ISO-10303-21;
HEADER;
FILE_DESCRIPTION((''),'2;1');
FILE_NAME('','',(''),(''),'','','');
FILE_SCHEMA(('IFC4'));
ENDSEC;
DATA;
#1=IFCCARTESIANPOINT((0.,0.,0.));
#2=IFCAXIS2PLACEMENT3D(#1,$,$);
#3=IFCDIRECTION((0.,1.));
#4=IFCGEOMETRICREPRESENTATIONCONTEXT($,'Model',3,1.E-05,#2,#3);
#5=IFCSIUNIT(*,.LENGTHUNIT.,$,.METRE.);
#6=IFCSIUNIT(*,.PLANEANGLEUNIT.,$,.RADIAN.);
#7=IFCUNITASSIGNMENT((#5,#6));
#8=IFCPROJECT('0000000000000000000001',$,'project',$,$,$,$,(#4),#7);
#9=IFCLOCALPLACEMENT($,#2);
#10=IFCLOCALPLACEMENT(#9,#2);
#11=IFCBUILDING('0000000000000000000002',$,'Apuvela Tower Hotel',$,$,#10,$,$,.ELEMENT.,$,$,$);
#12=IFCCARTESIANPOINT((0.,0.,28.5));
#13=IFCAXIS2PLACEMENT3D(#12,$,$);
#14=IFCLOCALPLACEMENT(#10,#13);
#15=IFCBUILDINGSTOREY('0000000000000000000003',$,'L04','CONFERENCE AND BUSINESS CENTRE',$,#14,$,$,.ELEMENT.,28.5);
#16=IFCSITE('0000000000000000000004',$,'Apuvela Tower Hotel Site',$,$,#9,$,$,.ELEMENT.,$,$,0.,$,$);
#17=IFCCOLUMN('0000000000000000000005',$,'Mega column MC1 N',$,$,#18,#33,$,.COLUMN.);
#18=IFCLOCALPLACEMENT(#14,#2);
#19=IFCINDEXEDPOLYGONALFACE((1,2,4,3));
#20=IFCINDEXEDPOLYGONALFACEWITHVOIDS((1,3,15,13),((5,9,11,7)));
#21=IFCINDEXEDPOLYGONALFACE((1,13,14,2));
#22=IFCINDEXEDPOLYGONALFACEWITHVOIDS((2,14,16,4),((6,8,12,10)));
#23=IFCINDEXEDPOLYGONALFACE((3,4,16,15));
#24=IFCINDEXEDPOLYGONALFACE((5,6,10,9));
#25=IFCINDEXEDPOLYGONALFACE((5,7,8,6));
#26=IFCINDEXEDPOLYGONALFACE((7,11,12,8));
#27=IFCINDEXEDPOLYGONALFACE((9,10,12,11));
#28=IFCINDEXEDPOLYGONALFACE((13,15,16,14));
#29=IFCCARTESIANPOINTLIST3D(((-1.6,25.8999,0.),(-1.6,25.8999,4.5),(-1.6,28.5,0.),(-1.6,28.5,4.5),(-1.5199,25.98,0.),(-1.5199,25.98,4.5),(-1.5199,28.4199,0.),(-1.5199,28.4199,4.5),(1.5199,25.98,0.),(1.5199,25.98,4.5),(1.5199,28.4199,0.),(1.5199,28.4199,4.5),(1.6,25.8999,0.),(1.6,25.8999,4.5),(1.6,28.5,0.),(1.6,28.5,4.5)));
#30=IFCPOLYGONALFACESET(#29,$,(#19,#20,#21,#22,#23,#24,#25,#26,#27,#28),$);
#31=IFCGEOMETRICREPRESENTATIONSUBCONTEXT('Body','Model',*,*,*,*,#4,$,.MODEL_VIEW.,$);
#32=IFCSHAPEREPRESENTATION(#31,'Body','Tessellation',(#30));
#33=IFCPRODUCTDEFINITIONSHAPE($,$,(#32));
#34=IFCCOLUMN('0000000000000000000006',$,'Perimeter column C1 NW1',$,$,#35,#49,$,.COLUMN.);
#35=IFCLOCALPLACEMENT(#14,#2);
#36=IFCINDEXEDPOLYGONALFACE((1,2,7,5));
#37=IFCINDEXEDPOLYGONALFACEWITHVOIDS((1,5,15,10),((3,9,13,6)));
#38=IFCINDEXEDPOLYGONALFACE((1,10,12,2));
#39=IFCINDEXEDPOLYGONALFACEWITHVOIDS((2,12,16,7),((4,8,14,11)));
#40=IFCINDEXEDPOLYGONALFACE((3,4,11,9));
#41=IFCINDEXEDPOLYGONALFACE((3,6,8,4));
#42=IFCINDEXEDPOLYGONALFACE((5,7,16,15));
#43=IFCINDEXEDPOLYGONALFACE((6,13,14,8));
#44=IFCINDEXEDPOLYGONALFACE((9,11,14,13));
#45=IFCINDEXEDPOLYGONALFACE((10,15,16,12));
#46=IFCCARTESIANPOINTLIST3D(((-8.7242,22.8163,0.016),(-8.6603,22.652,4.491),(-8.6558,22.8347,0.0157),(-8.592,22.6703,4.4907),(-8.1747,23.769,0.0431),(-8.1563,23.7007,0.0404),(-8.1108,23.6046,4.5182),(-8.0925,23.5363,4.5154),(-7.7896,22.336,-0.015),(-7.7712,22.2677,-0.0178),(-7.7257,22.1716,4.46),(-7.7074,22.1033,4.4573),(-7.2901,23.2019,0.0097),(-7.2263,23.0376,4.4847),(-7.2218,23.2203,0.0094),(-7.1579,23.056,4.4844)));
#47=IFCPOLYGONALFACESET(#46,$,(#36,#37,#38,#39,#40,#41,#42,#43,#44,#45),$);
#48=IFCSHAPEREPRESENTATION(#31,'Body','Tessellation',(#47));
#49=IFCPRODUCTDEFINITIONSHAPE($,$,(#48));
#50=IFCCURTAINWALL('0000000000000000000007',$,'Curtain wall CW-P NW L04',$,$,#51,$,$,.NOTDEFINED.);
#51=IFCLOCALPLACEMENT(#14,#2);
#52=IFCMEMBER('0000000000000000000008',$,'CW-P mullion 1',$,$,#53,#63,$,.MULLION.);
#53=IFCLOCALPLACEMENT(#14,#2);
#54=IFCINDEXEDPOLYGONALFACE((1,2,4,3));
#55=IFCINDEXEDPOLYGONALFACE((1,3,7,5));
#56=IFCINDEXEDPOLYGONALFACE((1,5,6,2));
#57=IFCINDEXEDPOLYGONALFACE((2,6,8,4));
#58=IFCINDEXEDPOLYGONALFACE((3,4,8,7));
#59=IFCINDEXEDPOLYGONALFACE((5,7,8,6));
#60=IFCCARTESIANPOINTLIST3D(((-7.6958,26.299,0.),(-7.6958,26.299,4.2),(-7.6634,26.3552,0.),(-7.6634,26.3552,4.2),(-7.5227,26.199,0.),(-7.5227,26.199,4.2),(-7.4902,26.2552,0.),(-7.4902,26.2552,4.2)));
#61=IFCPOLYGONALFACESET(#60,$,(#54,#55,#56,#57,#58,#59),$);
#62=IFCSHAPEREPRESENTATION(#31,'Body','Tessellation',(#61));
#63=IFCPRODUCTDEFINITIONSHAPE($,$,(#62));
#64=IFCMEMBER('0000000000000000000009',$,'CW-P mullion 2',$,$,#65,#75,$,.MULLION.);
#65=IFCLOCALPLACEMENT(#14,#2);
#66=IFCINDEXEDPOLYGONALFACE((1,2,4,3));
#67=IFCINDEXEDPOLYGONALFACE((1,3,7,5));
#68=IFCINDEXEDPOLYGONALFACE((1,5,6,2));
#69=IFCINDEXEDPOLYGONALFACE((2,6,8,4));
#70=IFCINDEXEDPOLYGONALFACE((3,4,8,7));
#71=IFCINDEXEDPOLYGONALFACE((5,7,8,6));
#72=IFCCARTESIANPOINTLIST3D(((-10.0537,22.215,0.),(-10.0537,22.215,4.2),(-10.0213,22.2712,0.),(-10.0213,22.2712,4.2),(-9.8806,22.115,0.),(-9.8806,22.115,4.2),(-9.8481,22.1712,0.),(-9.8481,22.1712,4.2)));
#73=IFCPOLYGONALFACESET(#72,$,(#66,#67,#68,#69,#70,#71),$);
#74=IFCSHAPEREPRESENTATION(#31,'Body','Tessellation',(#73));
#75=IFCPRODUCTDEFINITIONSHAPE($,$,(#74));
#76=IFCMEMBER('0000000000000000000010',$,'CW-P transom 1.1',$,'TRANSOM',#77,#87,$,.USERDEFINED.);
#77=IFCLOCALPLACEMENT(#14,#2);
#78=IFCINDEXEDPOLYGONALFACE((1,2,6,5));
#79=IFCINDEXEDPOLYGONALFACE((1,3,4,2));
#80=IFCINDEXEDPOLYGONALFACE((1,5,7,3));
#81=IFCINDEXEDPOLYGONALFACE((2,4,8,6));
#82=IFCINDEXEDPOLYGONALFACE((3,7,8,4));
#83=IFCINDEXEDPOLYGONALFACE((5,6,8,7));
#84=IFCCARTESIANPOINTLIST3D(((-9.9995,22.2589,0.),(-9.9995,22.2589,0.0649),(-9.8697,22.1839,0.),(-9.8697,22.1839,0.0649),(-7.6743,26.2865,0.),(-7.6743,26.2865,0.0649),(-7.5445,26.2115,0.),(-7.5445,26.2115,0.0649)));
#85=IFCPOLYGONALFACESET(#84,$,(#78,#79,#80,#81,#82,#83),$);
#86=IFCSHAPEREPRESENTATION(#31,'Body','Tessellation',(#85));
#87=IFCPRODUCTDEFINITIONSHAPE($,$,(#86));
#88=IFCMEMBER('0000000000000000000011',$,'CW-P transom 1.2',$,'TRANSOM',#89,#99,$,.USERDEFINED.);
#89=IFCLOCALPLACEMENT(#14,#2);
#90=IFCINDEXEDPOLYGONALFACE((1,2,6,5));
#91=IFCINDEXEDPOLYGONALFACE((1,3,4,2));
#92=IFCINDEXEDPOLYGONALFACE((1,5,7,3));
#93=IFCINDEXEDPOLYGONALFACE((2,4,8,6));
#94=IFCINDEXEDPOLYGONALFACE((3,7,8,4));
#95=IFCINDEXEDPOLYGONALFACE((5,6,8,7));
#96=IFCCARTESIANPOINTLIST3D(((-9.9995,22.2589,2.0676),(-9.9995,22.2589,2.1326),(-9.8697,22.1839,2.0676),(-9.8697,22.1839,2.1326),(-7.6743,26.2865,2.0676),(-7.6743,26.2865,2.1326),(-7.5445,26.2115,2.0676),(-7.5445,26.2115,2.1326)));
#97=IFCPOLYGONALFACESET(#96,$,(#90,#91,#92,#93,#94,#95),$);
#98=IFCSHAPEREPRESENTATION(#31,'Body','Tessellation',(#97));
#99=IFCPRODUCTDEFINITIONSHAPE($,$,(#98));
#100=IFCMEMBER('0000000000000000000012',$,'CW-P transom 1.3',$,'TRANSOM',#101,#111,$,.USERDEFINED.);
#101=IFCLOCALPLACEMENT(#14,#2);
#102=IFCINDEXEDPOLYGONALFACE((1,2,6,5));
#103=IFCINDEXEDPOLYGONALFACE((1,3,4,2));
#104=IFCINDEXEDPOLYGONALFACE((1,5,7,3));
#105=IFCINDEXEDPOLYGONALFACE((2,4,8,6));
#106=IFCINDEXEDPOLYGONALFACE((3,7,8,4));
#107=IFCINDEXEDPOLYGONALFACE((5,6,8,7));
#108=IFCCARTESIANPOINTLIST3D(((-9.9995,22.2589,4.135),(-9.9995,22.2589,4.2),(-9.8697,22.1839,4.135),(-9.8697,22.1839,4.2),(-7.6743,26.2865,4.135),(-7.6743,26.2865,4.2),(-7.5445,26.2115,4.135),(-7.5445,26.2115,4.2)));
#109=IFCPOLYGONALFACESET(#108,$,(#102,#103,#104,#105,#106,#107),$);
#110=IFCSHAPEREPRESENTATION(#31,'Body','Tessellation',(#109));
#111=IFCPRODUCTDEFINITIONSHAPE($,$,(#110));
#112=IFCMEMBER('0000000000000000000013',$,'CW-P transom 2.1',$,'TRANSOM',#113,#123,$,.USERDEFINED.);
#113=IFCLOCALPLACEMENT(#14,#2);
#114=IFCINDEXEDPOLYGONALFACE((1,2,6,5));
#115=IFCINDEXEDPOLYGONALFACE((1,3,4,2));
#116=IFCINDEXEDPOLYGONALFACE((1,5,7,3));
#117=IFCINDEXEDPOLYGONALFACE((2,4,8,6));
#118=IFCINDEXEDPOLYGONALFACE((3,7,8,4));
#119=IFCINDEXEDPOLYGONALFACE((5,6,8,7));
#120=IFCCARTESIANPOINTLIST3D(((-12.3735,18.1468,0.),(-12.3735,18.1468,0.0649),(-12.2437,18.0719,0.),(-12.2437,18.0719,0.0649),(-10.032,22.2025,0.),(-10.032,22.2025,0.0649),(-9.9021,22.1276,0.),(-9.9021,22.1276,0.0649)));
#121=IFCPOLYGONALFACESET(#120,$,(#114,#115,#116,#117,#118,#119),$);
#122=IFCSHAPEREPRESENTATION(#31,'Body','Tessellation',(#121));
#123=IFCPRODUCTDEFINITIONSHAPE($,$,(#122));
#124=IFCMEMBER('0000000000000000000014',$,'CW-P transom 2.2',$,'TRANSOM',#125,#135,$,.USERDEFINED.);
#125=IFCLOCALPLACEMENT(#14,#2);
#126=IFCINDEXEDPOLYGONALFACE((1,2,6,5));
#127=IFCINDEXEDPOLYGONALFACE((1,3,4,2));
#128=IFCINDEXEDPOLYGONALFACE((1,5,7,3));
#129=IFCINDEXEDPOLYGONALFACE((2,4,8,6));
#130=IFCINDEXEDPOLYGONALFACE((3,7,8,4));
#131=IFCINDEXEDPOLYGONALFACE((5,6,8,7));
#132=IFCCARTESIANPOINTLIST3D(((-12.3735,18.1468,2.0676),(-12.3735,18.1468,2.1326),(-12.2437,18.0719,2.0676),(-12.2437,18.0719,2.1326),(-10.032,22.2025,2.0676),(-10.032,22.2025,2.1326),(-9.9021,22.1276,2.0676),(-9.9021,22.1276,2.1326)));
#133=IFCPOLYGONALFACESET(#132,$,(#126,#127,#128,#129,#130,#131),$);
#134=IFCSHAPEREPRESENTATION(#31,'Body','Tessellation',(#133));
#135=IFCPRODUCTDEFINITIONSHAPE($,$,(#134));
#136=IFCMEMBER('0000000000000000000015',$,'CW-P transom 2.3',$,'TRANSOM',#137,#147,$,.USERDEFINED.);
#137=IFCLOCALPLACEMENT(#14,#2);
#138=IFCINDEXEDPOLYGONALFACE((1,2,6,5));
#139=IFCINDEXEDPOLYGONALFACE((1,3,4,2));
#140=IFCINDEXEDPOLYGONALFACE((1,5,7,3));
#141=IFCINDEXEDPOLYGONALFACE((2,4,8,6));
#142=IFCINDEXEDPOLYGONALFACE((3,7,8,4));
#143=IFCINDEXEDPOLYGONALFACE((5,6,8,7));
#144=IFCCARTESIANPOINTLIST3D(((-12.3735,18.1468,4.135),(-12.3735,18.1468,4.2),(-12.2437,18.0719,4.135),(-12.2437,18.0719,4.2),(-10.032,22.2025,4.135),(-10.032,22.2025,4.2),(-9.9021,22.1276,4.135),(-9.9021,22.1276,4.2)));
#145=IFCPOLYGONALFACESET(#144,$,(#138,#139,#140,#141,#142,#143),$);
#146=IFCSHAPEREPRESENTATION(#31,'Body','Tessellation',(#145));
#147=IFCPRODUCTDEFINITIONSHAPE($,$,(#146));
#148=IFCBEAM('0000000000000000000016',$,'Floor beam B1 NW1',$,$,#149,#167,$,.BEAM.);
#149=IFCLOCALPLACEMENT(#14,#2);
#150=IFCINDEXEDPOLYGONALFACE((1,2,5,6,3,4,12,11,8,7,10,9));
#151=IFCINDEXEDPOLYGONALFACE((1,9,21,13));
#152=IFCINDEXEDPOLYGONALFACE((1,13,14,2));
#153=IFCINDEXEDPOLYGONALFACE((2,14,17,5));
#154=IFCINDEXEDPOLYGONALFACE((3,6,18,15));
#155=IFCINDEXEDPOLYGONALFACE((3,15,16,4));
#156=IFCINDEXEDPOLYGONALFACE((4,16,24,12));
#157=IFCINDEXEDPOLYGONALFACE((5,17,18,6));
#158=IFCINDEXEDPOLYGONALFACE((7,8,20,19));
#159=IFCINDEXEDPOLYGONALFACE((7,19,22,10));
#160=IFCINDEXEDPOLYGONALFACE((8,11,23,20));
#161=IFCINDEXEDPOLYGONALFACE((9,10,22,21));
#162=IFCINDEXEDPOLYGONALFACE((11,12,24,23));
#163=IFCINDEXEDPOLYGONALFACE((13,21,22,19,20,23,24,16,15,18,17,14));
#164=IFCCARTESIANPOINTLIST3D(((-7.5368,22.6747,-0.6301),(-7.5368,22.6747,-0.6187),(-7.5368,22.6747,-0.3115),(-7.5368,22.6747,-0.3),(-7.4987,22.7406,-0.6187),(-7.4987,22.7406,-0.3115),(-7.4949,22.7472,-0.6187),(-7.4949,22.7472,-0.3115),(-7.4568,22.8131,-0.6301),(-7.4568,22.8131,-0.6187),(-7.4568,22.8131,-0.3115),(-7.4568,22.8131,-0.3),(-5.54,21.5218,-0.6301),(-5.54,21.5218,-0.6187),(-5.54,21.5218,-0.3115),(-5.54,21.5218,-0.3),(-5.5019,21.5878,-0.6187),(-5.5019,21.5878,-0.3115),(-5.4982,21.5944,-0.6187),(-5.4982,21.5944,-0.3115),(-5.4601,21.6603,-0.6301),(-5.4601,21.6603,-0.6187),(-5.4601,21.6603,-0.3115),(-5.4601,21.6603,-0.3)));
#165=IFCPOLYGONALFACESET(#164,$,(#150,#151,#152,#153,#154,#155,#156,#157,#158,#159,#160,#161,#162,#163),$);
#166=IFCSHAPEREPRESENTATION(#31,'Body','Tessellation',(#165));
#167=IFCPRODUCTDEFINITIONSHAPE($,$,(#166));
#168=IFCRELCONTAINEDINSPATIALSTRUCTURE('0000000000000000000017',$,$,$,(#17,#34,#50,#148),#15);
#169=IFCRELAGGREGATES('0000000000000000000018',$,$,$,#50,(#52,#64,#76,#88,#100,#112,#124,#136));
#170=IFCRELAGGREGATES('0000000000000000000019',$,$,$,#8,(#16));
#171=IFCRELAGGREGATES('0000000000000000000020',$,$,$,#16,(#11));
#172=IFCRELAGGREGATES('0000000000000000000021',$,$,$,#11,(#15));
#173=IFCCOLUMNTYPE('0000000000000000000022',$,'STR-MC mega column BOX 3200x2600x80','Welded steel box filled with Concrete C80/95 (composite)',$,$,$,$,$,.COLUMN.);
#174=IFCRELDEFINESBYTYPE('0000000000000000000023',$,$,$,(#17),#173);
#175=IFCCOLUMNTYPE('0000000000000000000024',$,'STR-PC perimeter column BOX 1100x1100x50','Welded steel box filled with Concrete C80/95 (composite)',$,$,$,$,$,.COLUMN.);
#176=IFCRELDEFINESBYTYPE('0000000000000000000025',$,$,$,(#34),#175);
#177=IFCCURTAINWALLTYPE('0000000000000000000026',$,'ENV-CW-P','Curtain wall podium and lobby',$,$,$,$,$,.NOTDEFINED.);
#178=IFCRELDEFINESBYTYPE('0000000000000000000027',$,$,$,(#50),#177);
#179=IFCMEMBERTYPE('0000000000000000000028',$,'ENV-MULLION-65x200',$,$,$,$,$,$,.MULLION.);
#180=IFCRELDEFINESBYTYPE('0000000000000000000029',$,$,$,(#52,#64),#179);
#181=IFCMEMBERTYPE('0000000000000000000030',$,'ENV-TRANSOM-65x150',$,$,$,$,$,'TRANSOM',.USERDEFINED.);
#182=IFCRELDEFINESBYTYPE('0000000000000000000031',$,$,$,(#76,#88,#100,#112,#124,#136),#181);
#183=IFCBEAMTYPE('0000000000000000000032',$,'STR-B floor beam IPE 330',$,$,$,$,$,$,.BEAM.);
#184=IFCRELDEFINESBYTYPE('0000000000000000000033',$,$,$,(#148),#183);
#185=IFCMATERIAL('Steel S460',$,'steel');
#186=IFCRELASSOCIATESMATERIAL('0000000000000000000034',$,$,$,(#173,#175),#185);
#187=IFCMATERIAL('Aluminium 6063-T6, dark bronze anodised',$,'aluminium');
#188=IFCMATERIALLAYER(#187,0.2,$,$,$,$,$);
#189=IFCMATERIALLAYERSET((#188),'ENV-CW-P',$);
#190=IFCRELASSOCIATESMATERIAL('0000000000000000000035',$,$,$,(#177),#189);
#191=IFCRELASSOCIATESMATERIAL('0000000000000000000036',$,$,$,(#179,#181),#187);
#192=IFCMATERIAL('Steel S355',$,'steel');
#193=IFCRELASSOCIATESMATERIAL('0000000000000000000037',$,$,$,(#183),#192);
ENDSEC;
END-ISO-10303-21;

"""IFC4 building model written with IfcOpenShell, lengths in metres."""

from ifc_helpers import new_model, si_unit, direction, frame, origin, origin_2d, place, context, subcontext, project, spatial, rectangle, hollow_rectangle, i_section, extrude, boolean, halfspace, material, layer, layer_set, material_profile, profile_set, type_object, element, aggregate, save


model = new_model("IFC4")

# Units and contexts
model_context = context("Model", 3, precision=1e-05, world=origin(), true_north=direction((0.0, 1.0)))
body_context = subcontext(model_context, "Body", "Model", "MODEL_VIEW")
ifc_project = project(units=[si_unit("LENGTHUNIT", "METRE"), si_unit("PLANEANGLEUNIT", "RADIAN")], contexts=[model_context])

# Site, building, storey
site_placement = place(None, origin())
site = spatial("IfcSite", under=ifc_project, at=site_placement, Name="Apuvela Tower Hotel Site", CompositionType="ELEMENT", RefElevation=0.0)
building_placement = place(site_placement, origin())
building = spatial("IfcBuilding", under=site, at=building_placement, Name="Apuvela Tower Hotel", CompositionType="ELEMENT")
storey_placement = place(building_placement, frame((0.0, 0.0, 28.5)))
storey = spatial("IfcBuildingStorey", under=building, at=storey_placement, Name="L04", Description="CONFERENCE AND BUSINESS CENTRE", CompositionType="ELEMENT", Elevation=28.5)

# Columns
ifc_material_1 = material(Name="Steel S460", Category="steel")
ifc_material_profile_1 = material_profile(ifc_material_1, hollow_rectangle(XDim=3.2, YDim=2.6001, WallThickness=0.0801, at=origin_2d()), Name="BOX 3200x2600x80")
ifc_material_2 = material(Name="Concrete C80/95", Category="concrete")
ifc_material_profile_2 = material_profile(ifc_material_2, rectangle(XDim=3.04, YDim=2.4399, at=origin_2d()), Name="Concrete C80/95 infill")
ifc_profile_set_1 = profile_set([ifc_material_profile_1, ifc_material_profile_2], Name="Steel S460")
column_type_1 = type_object("IfcColumnType", Name="STR-MC mega column BOX 3200x2600x80", Description="Welded steel box filled with Concrete C80/95 (composite)", PredefinedType="COLUMN", material=ifc_profile_set_1)
column_1_placement = place(storey_placement, frame((0.0, 27.2, 0.0), z_axis=(0.0, 0.0, 1.0), x_axis=(1.0, 0.0, 0.0)))
element("IfcColumn", 1, at=column_1_placement, inside=storey, type_object=column_type_1, Name="Mega column MC1 N", PredefinedType="COLUMN", context=body_context, shape_type="SweptSolid", body=[
    extrude(hollow_rectangle(XDim=3.2, YDim=2.6001, WallThickness=0.0801, at=origin_2d()), origin(), (0.0, 0.0, 1.0), 4.5),
])
ifc_material_profile_3 = material_profile(ifc_material_1, hollow_rectangle(XDim=1.1001, YDim=1.1001, WallThickness=0.05, at=origin_2d()), Name="BOX 1100x1100x50")
ifc_material_profile_4 = material_profile(ifc_material_2, rectangle(XDim=1.0, YDim=1.0, at=origin_2d()), Name="Concrete C80/95 infill")
ifc_profile_set_2 = profile_set([ifc_material_profile_3, ifc_material_profile_4], Name="Steel S460")
column_type_2 = type_object("IfcColumnType", Name="STR-PC perimeter column BOX 1100x1100x50", Description="Welded steel box filled with Concrete C80/95 (composite)", PredefinedType="COLUMN", material=ifc_profile_set_2)
column_2_placement = place(storey_placement, frame((-7.9731, 23.0188, 0.0), z_axis=(0.014258, -0.036701, 0.999225), x_axis=(0.499479, 0.865974, 0.02468)))
element("IfcColumn", 2, at=column_2_placement, inside=storey, type_object=column_type_2, Name="Perimeter column C1 NW1", PredefinedType="COLUMN", context=body_context, shape_type="SweptSolid", body=[
    boolean("DIFFERENCE", boolean("DIFFERENCE", extrude(hollow_rectangle(XDim=1.1001, YDim=1.1001, WallThickness=0.05, at=origin_2d()), origin(), (0.0, 0.0, 1.0), 4.5034), halfspace(frame((0.0, 0.0, 0.0127), z_axis=(0.0, 0.0, 1.0), x_axis=(1.0, 0.0, 0.0)), True)), halfspace(frame((0.0, 0.0, 4.4912), z_axis=(0.0, 0.0, 1.0), x_axis=(1.0, 0.0, 0.0)), False)),
])

# Curtain wall, members
ifc_material_3 = material(Name="Aluminium 6063-T6, dark bronze anodised", Category="aluminium")
ifc_layer_1 = layer(ifc_material_3, 0.2)
ifc_layer_set_1 = layer_set([ifc_layer_1], Name="ENV-CW-P")
curtain_wall_type = type_object("IfcCurtainWallType", Name="ENV-CW-P", Description="Curtain wall podium and lobby", PredefinedType="NOTDEFINED", material=ifc_layer_set_1)
curtain_wall_placement = place(storey_placement, origin())
curtain_wall = element("IfcCurtainWall", 3, at=curtain_wall_placement, inside=storey, type_object=curtain_wall_type, Name="Curtain wall CW-P NW L04", PredefinedType="NOTDEFINED")
ifc_material_profile_5 = material_profile(ifc_material_3, rectangle(XDim=0.2, YDim=0.0649, at=origin_2d()), Name="AL 65x200")
ifc_profile_set_3 = profile_set([ifc_material_profile_5], Name="Aluminium 6063-T6, dark bronze anodised")
member_type_1 = type_object("IfcMemberType", Name="ENV-MULLION-65x200", PredefinedType="MULLION", material=ifc_profile_set_3)
member_1_placement = place(storey_placement, frame((-7.593, 26.2771, 0.0), z_axis=(0.0, 0.0, 1.0), x_axis=(0.866024, -0.500002, 0.0)))
member_1 = element("IfcMember", 4, at=member_1_placement, type_object=member_type_1, Name="CW-P mullion 1", PredefinedType="MULLION", context=body_context, shape_type="SweptSolid", body=[
    extrude(rectangle(XDim=0.2, YDim=0.0649, at=origin_2d()), origin(), (0.0, 0.0, 1.0), 4.2),
])
member_2_placement = place(storey_placement, frame((-9.9509, 22.1931, 0.0), z_axis=(0.0, 0.0, 1.0), x_axis=(0.866024, -0.500002, 0.0)))
member_2 = element("IfcMember", 5, at=member_2_placement, type_object=member_type_1, Name="CW-P mullion 2", PredefinedType="MULLION", context=body_context, shape_type="SweptSolid", body=[
    extrude(rectangle(XDim=0.2, YDim=0.0649, at=origin_2d()), origin(), (0.0, 0.0, 1.0), 4.2),
])
ifc_material_profile_6 = material_profile(ifc_material_3, rectangle(XDim=0.1499, YDim=0.0649, at=origin_2d()), Name="AL 65x150 transom")
ifc_profile_set_4 = profile_set([ifc_material_profile_6], Name="Aluminium 6063-T6, dark bronze anodised")
member_type_2 = type_object("IfcMemberType", Name="ENV-TRANSOM-65x150", ElementType="TRANSOM", PredefinedType="USERDEFINED", material=ifc_profile_set_4)
member_3_placement = place(storey_placement, frame((-7.6094, 26.249, 0.0325), z_axis=(-0.499978, -0.866038, 0.0), x_axis=(0.866038, -0.499978, 0.0)))
member_3 = element("IfcMember", 6, at=member_3_placement, type_object=member_type_2, Name="CW-P transom 1.1", ObjectType="TRANSOM", PredefinedType="USERDEFINED", context=body_context, shape_type="SweptSolid", body=[
    extrude(rectangle(XDim=0.1499, YDim=0.0649, at=origin_2d()), origin(), (0.0, 0.0, 1.0), 4.6506),
])
member_4_placement = place(storey_placement, frame((-7.6094, 26.249, 2.1001), z_axis=(-0.499978, -0.866038, 0.0), x_axis=(0.866038, -0.499978, 0.0)))
member_4 = element("IfcMember", 7, at=member_4_placement, type_object=member_type_2, Name="CW-P transom 1.2", ObjectType="TRANSOM", PredefinedType="USERDEFINED", context=body_context, shape_type="SweptSolid", body=[
    extrude(rectangle(XDim=0.1499, YDim=0.0649, at=origin_2d()), origin(), (0.0, 0.0, 1.0), 4.6506),
])
member_5_placement = place(storey_placement, frame((-7.6094, 26.249, 4.1675), z_axis=(-0.499978, -0.866038, 0.0), x_axis=(0.866038, -0.499978, 0.0)))
member_5 = element("IfcMember", 8, at=member_5_placement, type_object=member_type_2, Name="CW-P transom 1.3", ObjectType="TRANSOM", PredefinedType="USERDEFINED", context=body_context, shape_type="SweptSolid", body=[
    extrude(rectangle(XDim=0.1499, YDim=0.0649, at=origin_2d()), origin(), (0.0, 0.0, 1.0), 4.6506),
])
member_6_placement = place(storey_placement, frame((-9.967, 22.165, 0.0325), z_axis=(-0.500002, -0.866024, 0.0), x_axis=(0.866024, -0.500002, 0.0)))
member_6 = element("IfcMember", 9, at=member_6_placement, type_object=member_type_2, Name="CW-P transom 2.1", ObjectType="TRANSOM", PredefinedType="USERDEFINED", context=body_context, shape_type="SweptSolid", body=[
    extrude(rectangle(XDim=0.1499, YDim=0.0649, at=origin_2d()), origin(), (0.0, 0.0, 1.0), 4.6831),
])
member_7_placement = place(storey_placement, frame((-9.967, 22.165, 2.1001), z_axis=(-0.500002, -0.866024, 0.0), x_axis=(0.866024, -0.500002, 0.0)))
member_7 = element("IfcMember", 10, at=member_7_placement, type_object=member_type_2, Name="CW-P transom 2.2", ObjectType="TRANSOM", PredefinedType="USERDEFINED", context=body_context, shape_type="SweptSolid", body=[
    extrude(rectangle(XDim=0.1499, YDim=0.0649, at=origin_2d()), origin(), (0.0, 0.0, 1.0), 4.6831),
])
member_8_placement = place(storey_placement, frame((-9.967, 22.165, 4.1675), z_axis=(-0.500002, -0.866024, 0.0), x_axis=(0.866024, -0.500002, 0.0)))
member_8 = element("IfcMember", 11, at=member_8_placement, type_object=member_type_2, Name="CW-P transom 2.3", ObjectType="TRANSOM", PredefinedType="USERDEFINED", context=body_context, shape_type="SweptSolid", body=[
    extrude(rectangle(XDim=0.1499, YDim=0.0649, at=origin_2d()), origin(), (0.0, 0.0, 1.0), 4.6831),
])

# Beam
ifc_material_4 = material(Name="Steel S355", Category="steel")
ifc_material_profile_7 = material_profile(ifc_material_4, i_section(OverallWidth=0.1599, OverallDepth=0.3301, WebThickness=0.0076, FlangeThickness=0.0115, at=origin_2d()), Name="IPE 330")
ifc_profile_set_5 = profile_set([ifc_material_profile_7], Name="Steel S355")
beam_type_1 = type_object("IfcBeamType", Name="STR-B floor beam IPE 330", PredefinedType="BEAM", material=ifc_profile_set_5)
beam_1_placement = place(storey_placement, frame((-7.4968, 22.7439, -0.4651), z_axis=(0.866032, -0.499988, 0.0), x_axis=(0.499988, 0.866032, 0.0)))
element("IfcBeam", 12, at=beam_1_placement, inside=storey, type_object=beam_type_1, Name="Floor beam B1 NW1", PredefinedType="BEAM", context=body_context, shape_type="SweptSolid", body=[
    extrude(i_section(OverallWidth=0.1599, OverallDepth=0.3301, WebThickness=0.0076, FlangeThickness=0.0115, at=origin_2d()), origin(), (0.0, 0.0, 1.0), 2.3057),
])

aggregate(curtain_wall, [member_1, member_2, member_3, member_4, member_5, member_6, member_7, member_8])

save(model, "model.ifc")
